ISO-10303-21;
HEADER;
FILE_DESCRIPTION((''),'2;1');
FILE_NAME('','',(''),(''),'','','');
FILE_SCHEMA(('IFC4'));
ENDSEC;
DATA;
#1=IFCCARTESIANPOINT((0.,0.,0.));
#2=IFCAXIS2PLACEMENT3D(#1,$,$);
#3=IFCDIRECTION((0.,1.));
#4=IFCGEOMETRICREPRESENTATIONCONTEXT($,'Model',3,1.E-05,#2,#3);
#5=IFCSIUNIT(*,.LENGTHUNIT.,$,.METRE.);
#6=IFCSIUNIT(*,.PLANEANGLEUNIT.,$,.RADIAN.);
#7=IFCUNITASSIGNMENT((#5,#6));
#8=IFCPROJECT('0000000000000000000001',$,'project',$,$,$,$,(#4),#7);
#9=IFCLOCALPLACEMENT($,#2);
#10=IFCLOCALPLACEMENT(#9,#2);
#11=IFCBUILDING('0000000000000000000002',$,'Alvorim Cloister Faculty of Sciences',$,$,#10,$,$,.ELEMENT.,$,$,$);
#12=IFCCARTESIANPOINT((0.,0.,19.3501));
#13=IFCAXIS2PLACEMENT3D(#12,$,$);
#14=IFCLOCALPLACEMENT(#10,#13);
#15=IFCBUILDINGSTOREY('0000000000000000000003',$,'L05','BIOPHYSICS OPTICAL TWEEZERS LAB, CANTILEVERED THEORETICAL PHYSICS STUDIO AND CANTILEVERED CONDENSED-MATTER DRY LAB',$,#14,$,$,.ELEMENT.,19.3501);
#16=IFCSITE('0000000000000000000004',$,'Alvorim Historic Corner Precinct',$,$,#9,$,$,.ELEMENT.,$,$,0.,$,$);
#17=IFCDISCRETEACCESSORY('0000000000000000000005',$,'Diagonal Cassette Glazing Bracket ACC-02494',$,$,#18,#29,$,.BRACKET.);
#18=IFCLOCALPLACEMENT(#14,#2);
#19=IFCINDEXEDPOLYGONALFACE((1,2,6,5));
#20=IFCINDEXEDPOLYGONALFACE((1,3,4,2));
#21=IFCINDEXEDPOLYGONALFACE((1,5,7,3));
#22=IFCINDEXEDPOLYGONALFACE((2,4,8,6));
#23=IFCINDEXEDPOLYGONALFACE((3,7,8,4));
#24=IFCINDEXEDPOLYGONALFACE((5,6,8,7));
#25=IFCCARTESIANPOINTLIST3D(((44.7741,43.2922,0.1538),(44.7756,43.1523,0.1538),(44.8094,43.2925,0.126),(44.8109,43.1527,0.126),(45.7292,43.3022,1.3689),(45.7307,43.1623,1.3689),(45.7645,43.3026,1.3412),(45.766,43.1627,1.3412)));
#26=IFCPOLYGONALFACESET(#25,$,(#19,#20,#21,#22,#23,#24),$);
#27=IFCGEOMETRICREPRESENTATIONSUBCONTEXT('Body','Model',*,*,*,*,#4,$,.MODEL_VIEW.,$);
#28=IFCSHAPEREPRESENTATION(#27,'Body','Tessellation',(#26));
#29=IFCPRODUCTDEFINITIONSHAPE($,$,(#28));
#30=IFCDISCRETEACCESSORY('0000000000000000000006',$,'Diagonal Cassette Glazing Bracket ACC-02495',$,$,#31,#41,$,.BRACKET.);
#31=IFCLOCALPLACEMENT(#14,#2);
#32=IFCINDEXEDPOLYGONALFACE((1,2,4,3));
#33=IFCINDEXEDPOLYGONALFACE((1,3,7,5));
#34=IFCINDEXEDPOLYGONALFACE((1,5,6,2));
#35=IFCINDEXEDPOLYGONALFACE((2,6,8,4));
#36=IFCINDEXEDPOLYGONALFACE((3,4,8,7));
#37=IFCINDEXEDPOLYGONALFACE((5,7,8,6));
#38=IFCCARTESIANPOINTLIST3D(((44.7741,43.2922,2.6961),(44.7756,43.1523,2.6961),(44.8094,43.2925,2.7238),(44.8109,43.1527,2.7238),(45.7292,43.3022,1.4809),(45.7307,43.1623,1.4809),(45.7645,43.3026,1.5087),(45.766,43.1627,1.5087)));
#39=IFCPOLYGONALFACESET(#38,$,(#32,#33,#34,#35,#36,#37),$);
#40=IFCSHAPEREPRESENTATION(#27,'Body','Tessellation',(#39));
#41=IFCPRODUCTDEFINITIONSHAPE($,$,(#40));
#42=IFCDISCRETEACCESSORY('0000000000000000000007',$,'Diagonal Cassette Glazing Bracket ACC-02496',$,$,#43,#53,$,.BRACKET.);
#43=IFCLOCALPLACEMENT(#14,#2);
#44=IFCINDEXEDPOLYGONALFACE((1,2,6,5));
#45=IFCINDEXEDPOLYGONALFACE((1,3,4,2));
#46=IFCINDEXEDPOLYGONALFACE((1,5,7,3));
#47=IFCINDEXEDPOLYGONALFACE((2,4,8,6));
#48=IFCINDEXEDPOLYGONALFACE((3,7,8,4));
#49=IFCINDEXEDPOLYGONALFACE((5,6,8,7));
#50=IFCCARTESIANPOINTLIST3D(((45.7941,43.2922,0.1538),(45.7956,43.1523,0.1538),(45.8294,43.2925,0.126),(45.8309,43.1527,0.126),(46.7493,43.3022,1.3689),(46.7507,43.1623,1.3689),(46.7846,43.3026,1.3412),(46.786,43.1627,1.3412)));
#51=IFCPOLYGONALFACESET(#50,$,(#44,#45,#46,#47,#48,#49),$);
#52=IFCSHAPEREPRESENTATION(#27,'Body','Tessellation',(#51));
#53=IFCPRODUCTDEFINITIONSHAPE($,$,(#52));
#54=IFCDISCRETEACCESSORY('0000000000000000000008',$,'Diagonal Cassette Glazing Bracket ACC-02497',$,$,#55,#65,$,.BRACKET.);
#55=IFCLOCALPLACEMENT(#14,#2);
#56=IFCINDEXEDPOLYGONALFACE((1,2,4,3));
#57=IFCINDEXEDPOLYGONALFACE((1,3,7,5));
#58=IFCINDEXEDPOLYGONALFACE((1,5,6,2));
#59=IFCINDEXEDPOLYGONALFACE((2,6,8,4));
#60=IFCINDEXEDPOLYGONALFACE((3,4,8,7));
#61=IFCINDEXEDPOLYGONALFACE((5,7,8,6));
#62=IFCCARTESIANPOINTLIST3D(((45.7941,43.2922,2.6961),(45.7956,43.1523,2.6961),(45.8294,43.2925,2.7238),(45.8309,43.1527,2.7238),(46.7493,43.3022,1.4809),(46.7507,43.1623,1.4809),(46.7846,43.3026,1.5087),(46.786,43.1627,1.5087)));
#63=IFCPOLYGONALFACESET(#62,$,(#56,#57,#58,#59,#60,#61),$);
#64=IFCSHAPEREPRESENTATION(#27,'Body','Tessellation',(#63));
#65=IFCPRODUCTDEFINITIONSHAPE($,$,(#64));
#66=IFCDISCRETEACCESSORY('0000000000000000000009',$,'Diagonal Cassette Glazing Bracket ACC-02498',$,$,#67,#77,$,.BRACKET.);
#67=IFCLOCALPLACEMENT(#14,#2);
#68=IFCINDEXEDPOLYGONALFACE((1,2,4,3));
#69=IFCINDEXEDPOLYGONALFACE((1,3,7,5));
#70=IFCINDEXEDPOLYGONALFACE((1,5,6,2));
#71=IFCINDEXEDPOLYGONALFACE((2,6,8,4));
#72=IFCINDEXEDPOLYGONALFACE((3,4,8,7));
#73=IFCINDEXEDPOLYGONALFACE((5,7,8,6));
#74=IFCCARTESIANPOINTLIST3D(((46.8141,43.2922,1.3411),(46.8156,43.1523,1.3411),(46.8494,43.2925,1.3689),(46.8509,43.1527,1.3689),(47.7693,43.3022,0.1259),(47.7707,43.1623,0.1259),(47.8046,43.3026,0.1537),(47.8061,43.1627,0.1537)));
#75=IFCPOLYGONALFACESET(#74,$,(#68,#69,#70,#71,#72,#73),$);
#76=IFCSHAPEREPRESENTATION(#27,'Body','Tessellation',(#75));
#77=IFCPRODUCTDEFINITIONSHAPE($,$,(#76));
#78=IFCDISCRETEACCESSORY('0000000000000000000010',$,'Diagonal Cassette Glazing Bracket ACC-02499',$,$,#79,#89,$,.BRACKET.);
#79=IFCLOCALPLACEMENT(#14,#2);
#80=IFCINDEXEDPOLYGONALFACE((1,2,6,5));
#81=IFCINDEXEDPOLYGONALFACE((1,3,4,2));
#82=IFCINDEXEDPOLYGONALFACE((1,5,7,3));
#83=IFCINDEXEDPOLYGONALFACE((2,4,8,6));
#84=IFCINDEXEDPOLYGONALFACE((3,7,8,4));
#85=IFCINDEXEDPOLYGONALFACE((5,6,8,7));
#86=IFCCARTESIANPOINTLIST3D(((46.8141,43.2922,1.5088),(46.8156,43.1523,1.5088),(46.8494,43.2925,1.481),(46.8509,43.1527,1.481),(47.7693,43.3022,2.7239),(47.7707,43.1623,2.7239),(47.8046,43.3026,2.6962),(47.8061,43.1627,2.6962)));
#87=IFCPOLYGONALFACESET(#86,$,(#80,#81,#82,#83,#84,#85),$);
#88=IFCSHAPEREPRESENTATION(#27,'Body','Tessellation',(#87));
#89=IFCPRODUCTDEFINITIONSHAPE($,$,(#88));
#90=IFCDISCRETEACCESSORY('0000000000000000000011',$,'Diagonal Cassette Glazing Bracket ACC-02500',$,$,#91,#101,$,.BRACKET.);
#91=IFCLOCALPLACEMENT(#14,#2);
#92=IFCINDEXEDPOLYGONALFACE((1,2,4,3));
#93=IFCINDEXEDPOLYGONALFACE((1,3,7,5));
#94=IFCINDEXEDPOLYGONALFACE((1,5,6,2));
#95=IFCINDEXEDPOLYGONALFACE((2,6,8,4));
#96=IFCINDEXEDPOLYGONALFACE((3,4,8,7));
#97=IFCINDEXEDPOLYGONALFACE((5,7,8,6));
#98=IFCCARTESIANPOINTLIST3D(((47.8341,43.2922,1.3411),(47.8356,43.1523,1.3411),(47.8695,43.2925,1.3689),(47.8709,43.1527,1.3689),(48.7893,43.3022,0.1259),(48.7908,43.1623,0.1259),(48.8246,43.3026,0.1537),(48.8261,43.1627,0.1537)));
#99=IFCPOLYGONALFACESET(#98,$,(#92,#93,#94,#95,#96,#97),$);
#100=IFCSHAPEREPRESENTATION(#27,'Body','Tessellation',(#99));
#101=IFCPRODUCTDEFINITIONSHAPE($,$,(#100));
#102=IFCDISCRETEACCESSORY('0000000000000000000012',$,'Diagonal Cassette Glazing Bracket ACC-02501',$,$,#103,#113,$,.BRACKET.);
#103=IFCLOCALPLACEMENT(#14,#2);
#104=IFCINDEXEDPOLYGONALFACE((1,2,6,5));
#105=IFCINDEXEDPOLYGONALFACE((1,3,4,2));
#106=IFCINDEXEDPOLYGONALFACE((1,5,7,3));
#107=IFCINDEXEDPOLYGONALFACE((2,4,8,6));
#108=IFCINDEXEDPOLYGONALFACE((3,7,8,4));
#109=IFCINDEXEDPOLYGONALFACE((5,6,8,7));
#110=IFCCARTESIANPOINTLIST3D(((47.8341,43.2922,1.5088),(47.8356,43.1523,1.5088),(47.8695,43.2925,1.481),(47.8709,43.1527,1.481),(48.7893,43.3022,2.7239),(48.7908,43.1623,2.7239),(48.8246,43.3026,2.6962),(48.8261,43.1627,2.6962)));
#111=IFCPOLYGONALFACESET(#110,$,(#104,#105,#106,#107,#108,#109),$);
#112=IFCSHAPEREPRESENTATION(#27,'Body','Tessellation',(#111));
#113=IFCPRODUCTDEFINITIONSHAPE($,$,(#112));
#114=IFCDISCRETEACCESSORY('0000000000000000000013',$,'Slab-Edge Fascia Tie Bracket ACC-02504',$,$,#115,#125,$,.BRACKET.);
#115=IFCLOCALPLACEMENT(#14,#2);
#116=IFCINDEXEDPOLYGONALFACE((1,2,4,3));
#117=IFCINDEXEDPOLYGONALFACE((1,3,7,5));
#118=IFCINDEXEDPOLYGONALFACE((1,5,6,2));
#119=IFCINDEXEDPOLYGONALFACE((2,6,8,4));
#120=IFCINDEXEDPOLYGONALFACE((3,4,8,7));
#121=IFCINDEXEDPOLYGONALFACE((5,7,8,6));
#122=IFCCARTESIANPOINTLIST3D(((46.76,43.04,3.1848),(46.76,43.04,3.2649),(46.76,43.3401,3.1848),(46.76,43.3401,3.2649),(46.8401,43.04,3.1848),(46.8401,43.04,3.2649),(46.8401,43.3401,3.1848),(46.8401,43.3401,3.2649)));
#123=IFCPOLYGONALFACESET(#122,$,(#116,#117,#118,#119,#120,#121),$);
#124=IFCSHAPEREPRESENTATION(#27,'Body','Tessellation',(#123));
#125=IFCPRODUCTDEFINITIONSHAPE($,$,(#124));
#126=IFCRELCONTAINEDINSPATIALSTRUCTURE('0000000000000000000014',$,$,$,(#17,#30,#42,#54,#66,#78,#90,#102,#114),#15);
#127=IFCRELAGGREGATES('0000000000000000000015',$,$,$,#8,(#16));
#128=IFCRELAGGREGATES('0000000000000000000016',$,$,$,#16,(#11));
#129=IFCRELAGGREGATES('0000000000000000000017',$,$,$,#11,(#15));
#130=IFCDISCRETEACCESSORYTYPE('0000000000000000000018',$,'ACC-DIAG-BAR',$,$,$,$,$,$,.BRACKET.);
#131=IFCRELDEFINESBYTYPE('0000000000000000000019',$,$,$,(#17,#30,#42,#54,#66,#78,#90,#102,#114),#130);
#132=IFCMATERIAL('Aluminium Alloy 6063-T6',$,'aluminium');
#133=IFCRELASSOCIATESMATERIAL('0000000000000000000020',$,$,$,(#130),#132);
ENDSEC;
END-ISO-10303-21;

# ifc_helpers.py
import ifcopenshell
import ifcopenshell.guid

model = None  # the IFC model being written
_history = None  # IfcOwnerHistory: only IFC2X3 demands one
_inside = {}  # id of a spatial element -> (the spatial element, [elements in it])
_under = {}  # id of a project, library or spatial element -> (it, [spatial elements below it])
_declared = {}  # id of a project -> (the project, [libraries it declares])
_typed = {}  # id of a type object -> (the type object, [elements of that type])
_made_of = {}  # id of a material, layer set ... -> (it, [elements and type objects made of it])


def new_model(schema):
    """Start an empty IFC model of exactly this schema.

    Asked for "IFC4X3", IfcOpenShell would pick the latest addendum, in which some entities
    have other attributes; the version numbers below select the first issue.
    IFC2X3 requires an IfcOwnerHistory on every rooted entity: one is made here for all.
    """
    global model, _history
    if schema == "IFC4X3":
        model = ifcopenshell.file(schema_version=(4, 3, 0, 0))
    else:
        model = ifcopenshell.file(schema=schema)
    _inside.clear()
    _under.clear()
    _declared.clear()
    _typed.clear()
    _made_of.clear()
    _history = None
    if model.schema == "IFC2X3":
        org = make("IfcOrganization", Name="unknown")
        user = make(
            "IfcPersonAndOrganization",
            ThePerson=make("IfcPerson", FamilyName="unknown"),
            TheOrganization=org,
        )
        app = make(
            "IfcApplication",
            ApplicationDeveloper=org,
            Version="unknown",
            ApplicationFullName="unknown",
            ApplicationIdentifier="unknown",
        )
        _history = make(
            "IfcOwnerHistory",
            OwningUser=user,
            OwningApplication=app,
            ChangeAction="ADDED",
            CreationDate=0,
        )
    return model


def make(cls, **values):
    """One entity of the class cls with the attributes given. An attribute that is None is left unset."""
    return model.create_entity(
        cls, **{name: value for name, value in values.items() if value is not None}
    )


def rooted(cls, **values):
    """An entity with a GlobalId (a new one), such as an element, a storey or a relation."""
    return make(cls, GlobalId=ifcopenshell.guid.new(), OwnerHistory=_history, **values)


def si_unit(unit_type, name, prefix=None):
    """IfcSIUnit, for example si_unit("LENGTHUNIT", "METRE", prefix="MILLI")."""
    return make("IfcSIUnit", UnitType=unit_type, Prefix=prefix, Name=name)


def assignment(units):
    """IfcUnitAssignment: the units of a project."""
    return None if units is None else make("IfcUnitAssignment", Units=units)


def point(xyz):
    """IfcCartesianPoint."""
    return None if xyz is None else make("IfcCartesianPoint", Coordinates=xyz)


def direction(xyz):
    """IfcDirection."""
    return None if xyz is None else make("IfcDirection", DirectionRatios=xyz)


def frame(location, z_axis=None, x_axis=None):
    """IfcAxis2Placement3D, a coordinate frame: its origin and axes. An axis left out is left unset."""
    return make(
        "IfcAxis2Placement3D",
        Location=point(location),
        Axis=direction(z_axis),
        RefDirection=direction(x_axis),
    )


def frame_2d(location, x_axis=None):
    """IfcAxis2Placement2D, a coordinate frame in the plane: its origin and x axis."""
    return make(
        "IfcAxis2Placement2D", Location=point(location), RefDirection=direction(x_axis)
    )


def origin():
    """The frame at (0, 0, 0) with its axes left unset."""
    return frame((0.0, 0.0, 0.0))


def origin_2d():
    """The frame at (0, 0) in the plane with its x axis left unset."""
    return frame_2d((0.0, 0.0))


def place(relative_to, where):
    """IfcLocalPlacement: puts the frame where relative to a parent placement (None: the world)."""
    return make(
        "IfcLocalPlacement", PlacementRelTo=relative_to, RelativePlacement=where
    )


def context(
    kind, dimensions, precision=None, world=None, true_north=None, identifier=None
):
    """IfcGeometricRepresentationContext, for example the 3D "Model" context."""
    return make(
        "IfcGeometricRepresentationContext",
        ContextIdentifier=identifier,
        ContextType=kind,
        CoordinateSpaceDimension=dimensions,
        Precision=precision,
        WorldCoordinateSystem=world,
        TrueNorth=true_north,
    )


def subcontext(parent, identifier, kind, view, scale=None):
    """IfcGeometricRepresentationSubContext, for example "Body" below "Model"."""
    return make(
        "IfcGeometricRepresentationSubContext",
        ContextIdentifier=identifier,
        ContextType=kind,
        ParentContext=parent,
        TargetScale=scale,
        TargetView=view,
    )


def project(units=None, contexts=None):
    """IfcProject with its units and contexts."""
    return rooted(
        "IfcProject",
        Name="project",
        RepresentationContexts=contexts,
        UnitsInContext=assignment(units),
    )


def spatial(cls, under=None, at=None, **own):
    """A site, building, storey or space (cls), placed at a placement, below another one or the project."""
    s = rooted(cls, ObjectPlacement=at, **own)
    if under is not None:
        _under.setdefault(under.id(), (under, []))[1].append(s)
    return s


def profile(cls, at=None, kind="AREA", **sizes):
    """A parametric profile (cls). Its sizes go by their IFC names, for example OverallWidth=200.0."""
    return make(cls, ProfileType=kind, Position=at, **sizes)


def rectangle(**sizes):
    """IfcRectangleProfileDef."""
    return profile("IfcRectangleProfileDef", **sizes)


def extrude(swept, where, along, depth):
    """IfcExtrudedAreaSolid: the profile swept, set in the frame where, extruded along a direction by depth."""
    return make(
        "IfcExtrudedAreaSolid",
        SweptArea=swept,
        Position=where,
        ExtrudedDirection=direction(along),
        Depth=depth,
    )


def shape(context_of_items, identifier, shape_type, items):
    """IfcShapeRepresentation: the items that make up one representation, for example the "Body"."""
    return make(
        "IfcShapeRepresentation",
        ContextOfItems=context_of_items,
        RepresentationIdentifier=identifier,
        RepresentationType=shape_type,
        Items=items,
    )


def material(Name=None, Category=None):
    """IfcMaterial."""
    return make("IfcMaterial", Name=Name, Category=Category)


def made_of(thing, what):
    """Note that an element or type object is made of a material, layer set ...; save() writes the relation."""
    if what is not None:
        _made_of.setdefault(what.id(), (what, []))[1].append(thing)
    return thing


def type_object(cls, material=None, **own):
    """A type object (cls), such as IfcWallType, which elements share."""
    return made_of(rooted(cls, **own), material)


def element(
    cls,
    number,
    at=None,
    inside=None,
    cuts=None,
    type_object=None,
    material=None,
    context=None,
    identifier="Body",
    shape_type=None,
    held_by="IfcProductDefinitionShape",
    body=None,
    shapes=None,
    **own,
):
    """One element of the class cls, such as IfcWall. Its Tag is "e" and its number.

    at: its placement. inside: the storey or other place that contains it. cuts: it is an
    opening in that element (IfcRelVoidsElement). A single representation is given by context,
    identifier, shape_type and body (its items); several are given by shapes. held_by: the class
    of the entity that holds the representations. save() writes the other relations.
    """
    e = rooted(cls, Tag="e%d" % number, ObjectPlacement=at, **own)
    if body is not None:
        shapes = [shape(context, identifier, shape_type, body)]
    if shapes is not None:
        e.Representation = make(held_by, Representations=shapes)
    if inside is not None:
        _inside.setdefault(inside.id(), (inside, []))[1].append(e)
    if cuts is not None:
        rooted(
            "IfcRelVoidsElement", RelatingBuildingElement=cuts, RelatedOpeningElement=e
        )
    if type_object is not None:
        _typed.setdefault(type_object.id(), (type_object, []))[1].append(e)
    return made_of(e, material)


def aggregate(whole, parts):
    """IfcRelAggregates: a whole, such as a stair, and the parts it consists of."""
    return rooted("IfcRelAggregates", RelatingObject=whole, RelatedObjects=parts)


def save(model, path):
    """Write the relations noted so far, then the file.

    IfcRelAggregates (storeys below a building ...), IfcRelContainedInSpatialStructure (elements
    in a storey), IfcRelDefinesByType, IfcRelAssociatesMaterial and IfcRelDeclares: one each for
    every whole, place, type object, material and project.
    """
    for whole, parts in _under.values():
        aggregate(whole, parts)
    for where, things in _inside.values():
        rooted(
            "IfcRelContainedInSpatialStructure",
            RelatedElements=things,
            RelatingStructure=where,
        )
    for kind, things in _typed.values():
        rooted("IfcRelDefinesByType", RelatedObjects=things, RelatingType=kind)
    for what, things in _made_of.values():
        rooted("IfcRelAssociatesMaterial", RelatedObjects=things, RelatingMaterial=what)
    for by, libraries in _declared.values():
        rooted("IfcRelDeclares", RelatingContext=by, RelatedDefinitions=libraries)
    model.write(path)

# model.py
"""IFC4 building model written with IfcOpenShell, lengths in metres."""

from ifc_helpers import new_model, si_unit, direction, frame, origin, origin_2d, place, context, subcontext, project, spatial, rectangle, extrude, material, type_object, element, save


model = new_model("IFC4")

# Units and contexts
model_context = context("Model", 3, precision=1e-05, world=origin(), true_north=direction((0.0, 1.0)))
body_context = subcontext(model_context, "Body", "Model", "MODEL_VIEW")
ifc_project = project(units=[si_unit("LENGTHUNIT", "METRE"), si_unit("PLANEANGLEUNIT", "RADIAN")], contexts=[model_context])

# Site, building, storey
site_placement = place(None, origin())
site = spatial("IfcSite", under=ifc_project, at=site_placement, Name="Alvorim Historic Corner Precinct", CompositionType="ELEMENT", RefElevation=0.0)
building_placement = place(site_placement, origin())
building = spatial("IfcBuilding", under=site, at=building_placement, Name="Alvorim Cloister Faculty of Sciences", CompositionType="ELEMENT")
storey_placement = place(building_placement, frame((0.0, 0.0, 19.3501)))
storey = spatial("IfcBuildingStorey", under=building, at=storey_placement, Name="L05", Description="BIOPHYSICS OPTICAL TWEEZERS LAB, CANTILEVERED THEORETICAL PHYSICS STUDIO AND CANTILEVERED CONDENSED-MATTER DRY LAB", CompositionType="ELEMENT", Elevation=19.3501)

# Shared definitions
ifc_material_1 = material(Name="Aluminium Alloy 6063-T6", Category="aluminium")

# Discrete accessories
discrete_accessory_type = type_object("IfcDiscreteAccessoryType", Name="ACC-DIAG-BAR", PredefinedType="BRACKET", material=ifc_material_1)
for number, where, z_axis, x_axis, name in (
    (1, (44.7925, 43.2224, 0.1399), (0.617955, 0.006477, 0.786187), (-0.01048, 0.999945, 0.0), "Diagonal Cassette Glazing Bracket ACC-02494"),
    (2, (44.7925, 43.2224, 2.71), (0.617955, 0.006477, -0.786187), (-0.01048, 0.999945, 0.0), "Diagonal Cassette Glazing Bracket ACC-02495"),
    (3, (45.8125, 43.2224, 0.1399), (0.617955, 0.006477, 0.786187), (-0.01048, 0.999945, 0.0), "Diagonal Cassette Glazing Bracket ACC-02496"),
    (4, (45.8125, 43.2224, 2.71), (0.617955, 0.006477, -0.786187), (-0.01048, 0.999945, 0.0), "Diagonal Cassette Glazing Bracket ACC-02497"),
    (5, (46.8325, 43.2224, 1.355), (0.617955, 0.006477, -0.786187), (-0.01048, 0.999945, 0.0), "Diagonal Cassette Glazing Bracket ACC-02498"),
    (6, (46.8325, 43.2224, 1.4949), (0.617955, 0.006477, 0.786187), (-0.01048, 0.999945, 0.0), "Diagonal Cassette Glazing Bracket ACC-02499"),
    (7, (47.8525, 43.2224, 1.355), (0.617955, 0.006477, -0.786187), (-0.01048, 0.999945, 0.0), "Diagonal Cassette Glazing Bracket ACC-02500"),
    (8, (47.8525, 43.2224, 1.4949), (0.617955, 0.006477, 0.786187), (-0.01048, 0.999945, 0.0), "Diagonal Cassette Glazing Bracket ACC-02501"),
):
    element("IfcDiscreteAccessory", number, at=place(storey_placement, frame(where, z_axis=z_axis, x_axis=x_axis)), inside=storey, type_object=discrete_accessory_type, Name=name, PredefinedType="BRACKET", context=body_context, shape_type="SweptSolid", body=[
        extrude(rectangle(XDim=0.1399, YDim=0.0449, at=origin_2d()), origin(), (0.0, 0.0, 1.0), 1.5457),
    ])
discrete_accessory_placement = place(storey_placement, frame((46.8, 43.3401, 3.2249), z_axis=(0.0, -1.0, 0.0), x_axis=(1.0, 0.0, 0.0)))
element("IfcDiscreteAccessory", 9, at=discrete_accessory_placement, inside=storey, type_object=discrete_accessory_type, Name="Slab-Edge Fascia Tie Bracket ACC-02504", PredefinedType="BRACKET", context=body_context, shape_type="SweptSolid", body=[
    extrude(rectangle(XDim=0.0801, YDim=0.0801, at=origin_2d()), origin(), (0.0, 0.0, 1.0), 0.3),
])

save(model, "model.ifc")
